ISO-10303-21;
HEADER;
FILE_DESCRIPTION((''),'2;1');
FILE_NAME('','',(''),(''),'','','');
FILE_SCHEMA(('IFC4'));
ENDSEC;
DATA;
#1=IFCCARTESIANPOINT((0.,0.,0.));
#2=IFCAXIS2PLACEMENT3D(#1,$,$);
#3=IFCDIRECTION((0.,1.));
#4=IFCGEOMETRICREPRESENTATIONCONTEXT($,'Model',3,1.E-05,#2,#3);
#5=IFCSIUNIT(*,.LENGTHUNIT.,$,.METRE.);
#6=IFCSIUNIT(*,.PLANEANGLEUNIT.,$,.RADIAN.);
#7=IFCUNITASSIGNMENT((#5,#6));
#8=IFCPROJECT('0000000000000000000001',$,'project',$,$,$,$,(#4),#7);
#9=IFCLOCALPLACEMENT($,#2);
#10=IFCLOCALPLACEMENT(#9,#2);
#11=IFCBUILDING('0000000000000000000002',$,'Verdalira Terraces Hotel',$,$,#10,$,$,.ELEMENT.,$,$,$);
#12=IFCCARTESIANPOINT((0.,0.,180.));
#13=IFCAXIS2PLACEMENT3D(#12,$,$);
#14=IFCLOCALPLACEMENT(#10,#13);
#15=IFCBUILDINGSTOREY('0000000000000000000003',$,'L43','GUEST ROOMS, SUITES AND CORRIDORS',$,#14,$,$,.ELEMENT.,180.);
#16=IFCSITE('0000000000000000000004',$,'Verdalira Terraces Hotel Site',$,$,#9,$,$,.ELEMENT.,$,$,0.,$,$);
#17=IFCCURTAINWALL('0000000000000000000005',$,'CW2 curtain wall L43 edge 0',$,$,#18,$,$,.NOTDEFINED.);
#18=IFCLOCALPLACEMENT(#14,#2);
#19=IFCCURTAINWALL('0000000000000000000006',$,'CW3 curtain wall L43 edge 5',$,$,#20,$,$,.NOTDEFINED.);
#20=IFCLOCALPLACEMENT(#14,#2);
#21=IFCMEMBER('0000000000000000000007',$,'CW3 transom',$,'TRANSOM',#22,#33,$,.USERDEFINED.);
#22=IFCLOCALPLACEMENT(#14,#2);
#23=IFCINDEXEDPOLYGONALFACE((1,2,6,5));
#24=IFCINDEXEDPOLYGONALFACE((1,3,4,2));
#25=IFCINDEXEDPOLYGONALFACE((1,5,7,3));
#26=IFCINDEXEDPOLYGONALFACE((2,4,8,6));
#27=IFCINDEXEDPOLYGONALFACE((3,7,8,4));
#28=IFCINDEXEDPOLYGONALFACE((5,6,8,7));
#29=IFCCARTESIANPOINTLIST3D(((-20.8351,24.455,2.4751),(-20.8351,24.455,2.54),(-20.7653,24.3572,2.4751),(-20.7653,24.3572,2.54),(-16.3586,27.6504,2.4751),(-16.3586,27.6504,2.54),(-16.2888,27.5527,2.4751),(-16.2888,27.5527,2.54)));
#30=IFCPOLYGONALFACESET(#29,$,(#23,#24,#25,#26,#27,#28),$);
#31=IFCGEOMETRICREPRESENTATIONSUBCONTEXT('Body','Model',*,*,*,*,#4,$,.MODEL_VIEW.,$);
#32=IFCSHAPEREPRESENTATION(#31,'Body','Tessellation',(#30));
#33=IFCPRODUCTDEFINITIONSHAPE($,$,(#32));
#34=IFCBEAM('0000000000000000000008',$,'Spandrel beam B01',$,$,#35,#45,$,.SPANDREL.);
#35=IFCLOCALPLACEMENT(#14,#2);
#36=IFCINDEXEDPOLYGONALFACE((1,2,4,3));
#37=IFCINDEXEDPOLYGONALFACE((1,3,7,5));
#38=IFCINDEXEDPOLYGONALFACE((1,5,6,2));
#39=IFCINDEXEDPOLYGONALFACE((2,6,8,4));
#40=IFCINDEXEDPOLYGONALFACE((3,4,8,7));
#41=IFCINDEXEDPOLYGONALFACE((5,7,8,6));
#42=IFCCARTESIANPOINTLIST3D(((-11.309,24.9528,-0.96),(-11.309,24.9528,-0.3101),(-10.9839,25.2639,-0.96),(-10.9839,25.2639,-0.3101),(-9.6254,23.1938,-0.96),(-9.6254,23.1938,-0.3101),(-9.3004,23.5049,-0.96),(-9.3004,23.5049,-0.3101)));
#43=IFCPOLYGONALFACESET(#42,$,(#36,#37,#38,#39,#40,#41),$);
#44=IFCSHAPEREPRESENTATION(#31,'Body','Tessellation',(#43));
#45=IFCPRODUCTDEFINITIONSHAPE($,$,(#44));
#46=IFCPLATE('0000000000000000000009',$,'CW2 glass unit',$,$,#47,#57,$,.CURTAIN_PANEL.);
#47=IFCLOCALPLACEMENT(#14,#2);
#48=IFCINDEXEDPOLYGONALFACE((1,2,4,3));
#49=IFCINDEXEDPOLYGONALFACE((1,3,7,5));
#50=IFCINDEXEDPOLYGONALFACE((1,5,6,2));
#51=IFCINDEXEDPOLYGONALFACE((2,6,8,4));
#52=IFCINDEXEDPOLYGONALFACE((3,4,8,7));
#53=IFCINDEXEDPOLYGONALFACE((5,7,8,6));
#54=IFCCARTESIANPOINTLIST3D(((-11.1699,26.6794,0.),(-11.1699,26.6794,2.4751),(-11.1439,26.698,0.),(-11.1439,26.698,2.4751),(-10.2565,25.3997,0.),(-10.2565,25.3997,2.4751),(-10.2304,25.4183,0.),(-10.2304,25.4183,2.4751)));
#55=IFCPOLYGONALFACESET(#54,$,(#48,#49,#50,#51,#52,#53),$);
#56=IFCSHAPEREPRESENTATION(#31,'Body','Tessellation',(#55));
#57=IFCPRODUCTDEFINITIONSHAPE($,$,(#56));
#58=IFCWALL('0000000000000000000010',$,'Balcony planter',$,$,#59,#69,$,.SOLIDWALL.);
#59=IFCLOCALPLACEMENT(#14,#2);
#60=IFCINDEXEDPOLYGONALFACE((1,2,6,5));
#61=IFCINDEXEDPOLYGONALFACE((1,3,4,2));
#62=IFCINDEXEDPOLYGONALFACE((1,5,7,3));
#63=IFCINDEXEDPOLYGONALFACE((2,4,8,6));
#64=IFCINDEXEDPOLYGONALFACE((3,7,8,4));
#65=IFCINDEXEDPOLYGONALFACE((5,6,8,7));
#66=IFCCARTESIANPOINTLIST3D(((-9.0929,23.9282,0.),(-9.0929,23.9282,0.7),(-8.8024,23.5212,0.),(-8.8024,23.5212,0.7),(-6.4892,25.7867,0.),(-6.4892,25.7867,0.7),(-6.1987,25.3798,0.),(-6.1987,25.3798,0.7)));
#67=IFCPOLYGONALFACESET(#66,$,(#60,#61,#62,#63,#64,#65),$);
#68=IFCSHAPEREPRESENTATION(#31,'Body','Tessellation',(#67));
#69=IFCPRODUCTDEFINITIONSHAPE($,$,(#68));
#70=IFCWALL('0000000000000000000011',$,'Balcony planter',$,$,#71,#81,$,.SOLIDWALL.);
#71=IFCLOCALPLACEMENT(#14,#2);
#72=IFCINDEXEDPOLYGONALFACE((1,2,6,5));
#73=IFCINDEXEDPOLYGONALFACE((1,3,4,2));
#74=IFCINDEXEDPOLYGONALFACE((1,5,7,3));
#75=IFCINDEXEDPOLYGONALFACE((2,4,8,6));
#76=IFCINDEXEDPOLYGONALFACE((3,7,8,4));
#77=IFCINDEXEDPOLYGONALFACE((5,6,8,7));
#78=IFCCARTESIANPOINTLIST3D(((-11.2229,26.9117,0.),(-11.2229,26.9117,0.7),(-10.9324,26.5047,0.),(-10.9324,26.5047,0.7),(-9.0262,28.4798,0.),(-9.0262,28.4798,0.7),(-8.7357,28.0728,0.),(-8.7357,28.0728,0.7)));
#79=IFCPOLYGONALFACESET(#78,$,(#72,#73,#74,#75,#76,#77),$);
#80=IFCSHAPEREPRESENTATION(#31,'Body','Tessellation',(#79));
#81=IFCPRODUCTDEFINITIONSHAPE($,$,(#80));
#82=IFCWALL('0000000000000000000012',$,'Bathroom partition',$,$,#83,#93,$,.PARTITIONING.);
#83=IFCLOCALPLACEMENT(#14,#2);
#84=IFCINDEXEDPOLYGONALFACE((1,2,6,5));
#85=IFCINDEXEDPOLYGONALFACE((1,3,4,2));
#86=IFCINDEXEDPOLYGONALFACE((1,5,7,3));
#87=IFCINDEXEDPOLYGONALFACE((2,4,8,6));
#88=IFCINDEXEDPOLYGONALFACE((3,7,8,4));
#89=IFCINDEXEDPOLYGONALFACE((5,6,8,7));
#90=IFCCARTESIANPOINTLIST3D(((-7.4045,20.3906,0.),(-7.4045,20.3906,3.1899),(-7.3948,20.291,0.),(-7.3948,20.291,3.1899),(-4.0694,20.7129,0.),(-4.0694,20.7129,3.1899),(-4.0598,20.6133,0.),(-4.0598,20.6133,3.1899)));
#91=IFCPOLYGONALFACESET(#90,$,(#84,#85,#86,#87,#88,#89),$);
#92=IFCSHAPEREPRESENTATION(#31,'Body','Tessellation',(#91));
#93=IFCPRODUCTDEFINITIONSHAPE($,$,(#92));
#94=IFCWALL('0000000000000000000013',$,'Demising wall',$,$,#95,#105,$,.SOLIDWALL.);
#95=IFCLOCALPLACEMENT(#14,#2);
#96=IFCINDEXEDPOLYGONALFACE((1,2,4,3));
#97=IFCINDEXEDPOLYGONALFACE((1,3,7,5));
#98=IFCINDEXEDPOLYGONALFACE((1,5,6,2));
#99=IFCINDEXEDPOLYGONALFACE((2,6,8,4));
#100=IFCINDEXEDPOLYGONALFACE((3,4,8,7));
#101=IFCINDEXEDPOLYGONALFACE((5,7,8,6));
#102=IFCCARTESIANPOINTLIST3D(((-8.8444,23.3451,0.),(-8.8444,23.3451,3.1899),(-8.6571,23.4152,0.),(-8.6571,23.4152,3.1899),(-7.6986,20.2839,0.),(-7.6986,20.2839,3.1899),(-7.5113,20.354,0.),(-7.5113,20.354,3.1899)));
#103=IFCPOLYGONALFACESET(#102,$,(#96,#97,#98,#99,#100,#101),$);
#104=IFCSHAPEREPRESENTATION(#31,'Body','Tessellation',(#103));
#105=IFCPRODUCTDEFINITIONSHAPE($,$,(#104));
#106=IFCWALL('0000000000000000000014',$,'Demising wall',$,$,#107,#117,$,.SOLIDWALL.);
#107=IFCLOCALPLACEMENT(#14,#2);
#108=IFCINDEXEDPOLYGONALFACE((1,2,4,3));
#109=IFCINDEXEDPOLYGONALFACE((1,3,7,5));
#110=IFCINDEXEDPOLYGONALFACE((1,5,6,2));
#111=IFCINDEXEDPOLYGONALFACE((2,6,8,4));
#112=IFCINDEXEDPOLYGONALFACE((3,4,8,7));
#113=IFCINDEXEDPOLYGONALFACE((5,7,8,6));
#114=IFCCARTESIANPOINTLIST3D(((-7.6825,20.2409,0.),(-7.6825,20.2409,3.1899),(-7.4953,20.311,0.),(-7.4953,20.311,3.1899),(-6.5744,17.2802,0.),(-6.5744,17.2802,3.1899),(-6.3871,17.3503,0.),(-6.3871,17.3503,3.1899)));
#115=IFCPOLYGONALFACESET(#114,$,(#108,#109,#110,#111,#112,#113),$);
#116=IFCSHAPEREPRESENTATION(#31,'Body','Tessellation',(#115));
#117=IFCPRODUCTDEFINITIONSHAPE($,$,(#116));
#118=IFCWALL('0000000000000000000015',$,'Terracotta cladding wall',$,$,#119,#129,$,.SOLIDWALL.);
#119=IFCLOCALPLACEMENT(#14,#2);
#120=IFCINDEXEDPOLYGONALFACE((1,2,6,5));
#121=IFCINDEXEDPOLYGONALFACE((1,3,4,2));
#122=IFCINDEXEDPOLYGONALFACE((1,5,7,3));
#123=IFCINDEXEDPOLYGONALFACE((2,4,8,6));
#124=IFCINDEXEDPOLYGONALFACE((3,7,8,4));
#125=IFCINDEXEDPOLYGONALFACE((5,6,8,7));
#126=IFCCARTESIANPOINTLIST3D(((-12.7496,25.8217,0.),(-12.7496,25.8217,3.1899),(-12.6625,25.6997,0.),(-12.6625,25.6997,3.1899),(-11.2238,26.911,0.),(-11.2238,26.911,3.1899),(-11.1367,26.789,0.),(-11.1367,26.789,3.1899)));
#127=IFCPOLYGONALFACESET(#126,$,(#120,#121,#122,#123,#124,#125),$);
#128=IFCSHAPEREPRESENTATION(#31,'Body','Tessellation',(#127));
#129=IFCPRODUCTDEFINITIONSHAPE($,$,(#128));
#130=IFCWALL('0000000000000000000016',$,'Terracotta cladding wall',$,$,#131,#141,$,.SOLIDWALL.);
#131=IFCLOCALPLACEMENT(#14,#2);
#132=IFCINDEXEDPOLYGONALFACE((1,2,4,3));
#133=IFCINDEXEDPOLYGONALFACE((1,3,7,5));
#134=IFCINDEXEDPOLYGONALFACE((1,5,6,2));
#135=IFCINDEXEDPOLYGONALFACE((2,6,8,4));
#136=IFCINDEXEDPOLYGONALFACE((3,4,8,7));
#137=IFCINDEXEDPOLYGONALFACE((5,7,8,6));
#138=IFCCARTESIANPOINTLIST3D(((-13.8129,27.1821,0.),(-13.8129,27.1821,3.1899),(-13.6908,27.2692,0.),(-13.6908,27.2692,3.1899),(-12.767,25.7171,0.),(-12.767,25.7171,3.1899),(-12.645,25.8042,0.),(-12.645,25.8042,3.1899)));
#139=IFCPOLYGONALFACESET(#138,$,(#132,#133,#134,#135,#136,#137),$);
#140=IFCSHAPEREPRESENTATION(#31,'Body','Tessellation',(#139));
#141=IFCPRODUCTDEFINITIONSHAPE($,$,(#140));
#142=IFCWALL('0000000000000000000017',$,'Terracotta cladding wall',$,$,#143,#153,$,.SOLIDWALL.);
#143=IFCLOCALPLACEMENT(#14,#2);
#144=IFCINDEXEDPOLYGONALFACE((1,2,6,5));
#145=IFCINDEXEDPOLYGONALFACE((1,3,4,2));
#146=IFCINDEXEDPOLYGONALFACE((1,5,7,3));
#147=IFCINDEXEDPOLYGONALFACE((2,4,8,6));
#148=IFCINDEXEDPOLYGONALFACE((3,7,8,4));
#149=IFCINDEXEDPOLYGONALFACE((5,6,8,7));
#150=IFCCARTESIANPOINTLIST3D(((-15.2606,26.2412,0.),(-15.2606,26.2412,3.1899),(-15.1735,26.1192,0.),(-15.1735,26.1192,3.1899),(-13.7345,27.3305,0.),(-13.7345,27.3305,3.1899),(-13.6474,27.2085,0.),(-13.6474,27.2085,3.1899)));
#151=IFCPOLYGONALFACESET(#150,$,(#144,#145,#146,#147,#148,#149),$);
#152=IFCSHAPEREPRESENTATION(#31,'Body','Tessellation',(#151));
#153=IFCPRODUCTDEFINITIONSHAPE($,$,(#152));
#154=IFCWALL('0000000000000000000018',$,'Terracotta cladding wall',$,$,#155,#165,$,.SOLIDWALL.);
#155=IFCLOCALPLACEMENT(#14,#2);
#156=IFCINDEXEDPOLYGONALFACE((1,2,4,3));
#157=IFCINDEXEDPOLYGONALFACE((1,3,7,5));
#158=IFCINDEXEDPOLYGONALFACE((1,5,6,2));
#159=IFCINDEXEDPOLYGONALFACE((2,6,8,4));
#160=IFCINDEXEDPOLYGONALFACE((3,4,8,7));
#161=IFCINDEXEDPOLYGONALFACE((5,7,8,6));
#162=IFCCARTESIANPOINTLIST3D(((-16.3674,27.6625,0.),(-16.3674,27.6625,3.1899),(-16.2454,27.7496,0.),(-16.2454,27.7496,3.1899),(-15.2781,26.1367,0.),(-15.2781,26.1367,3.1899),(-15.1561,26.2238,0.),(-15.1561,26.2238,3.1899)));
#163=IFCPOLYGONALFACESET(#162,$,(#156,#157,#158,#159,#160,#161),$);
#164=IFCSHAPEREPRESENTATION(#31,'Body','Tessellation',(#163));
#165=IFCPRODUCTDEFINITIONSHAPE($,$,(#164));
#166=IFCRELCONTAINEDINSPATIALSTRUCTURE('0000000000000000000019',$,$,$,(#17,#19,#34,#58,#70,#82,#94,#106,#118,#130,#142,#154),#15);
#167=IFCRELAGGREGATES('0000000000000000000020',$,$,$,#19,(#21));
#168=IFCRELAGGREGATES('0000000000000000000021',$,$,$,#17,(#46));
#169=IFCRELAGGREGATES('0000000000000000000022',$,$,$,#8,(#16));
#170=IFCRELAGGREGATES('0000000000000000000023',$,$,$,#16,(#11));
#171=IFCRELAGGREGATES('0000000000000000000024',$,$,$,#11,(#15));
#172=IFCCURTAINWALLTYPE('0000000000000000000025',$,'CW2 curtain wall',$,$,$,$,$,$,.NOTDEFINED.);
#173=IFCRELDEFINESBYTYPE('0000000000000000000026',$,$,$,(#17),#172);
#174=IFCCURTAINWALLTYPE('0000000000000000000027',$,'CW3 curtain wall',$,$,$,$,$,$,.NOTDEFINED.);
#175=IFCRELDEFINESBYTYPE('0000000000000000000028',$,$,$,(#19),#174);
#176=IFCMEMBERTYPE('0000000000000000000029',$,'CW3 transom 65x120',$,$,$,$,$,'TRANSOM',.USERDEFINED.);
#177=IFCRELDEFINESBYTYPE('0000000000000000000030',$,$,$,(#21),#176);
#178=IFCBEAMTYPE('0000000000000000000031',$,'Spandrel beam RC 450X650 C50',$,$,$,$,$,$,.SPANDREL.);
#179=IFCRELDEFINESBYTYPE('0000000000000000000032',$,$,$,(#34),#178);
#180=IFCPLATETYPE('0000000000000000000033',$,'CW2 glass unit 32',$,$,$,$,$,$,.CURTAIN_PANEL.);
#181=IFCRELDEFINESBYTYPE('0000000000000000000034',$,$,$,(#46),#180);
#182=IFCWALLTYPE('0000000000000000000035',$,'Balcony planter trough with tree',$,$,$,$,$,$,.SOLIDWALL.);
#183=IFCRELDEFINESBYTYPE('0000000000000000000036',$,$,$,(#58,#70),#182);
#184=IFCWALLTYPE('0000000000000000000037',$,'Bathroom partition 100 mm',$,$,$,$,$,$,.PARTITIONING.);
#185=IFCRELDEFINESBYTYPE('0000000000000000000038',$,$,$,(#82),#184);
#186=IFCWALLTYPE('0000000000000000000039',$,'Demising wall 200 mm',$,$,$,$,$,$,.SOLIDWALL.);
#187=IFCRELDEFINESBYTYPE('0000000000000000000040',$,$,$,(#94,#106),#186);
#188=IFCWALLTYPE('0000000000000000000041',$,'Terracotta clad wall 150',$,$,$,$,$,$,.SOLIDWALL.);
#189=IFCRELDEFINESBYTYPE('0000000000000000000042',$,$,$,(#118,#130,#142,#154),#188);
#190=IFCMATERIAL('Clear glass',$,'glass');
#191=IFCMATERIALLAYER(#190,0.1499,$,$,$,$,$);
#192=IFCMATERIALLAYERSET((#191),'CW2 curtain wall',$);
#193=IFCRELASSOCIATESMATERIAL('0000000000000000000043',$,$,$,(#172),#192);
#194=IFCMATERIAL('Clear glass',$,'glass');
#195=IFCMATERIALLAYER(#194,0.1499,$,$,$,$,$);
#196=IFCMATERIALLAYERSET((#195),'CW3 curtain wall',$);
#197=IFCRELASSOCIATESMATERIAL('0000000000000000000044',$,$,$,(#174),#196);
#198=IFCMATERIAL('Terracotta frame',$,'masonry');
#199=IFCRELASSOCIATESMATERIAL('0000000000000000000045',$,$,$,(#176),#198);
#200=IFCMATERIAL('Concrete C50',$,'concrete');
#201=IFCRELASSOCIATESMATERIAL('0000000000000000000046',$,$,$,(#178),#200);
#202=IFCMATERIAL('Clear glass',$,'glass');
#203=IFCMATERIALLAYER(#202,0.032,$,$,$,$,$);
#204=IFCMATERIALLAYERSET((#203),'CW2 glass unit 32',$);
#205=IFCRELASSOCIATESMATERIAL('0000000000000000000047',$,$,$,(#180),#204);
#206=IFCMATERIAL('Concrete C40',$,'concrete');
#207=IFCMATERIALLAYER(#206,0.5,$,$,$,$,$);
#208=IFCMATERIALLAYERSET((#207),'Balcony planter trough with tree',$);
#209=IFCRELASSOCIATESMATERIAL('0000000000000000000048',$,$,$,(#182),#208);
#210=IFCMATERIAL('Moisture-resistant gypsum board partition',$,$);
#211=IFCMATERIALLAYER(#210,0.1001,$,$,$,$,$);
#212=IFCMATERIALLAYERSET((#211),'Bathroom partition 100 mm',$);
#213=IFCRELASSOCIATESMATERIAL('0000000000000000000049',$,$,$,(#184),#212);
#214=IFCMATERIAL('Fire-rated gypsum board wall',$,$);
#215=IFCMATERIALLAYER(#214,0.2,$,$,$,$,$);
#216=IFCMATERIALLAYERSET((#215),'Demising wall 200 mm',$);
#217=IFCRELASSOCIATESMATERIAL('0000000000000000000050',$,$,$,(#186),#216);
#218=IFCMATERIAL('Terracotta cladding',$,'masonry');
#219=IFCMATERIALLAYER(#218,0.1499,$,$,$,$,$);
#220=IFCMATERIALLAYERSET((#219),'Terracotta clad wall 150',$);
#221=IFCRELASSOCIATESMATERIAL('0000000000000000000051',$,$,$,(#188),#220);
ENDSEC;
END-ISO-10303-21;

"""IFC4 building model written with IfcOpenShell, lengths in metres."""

from ifc_helpers import new_model, si_unit, direction, frame, frame_2d, origin, origin_2d, place, context, subcontext, project, spatial, rectangle, extrude, material, layer, layer_set, material_profile, profile_set, type_object, element, aggregate, save


model = new_model("IFC4")

# Units and contexts
model_context = context("Model", 3, precision=1e-05, world=origin(), true_north=direction((0.0, 1.0)))
body_context = subcontext(model_context, "Body", "Model", "MODEL_VIEW")
ifc_project = project(units=[si_unit("LENGTHUNIT", "METRE"), si_unit("PLANEANGLEUNIT", "RADIAN")], contexts=[model_context])

# Site, building, storey
site_placement = place(None, origin())
site = spatial("IfcSite", under=ifc_project, at=site_placement, Name="Verdalira Terraces Hotel Site", CompositionType="ELEMENT", RefElevation=0.0)
building_placement = place(site_placement, origin())
building = spatial("IfcBuilding", under=site, at=building_placement, Name="Verdalira Terraces Hotel", CompositionType="ELEMENT")
storey_placement = place(building_placement, frame((0.0, 0.0, 180.0)))
storey = spatial("IfcBuildingStorey", under=building, at=storey_placement, Name="L43", Description="GUEST ROOMS, SUITES AND CORRIDORS", CompositionType="ELEMENT", Elevation=180.0)

# Curtain walls, member
ifc_material_1 = material(Name="Clear glass", Category="glass")
ifc_layer_1 = layer(ifc_material_1, 0.1499)
ifc_layer_set_1 = layer_set([ifc_layer_1], Name="CW2 curtain wall")
curtain_wall_type_1 = type_object("IfcCurtainWallType", Name="CW2 curtain wall", PredefinedType="NOTDEFINED", material=ifc_layer_set_1)
curtain_wall_1_placement = place(storey_placement, origin())
curtain_wall_1 = element("IfcCurtainWall", 1, at=curtain_wall_1_placement, inside=storey, type_object=curtain_wall_type_1, Name="CW2 curtain wall L43 edge 0", PredefinedType="NOTDEFINED")
ifc_material_2 = material(Name="Clear glass", Category="glass")
ifc_layer_2 = layer(ifc_material_2, 0.1499)
ifc_layer_set_2 = layer_set([ifc_layer_2], Name="CW3 curtain wall")
curtain_wall_type_2 = type_object("IfcCurtainWallType", Name="CW3 curtain wall", PredefinedType="NOTDEFINED", material=ifc_layer_set_2)
curtain_wall_2_placement = place(storey_placement, origin())
curtain_wall_2 = element("IfcCurtainWall", 2, at=curtain_wall_2_placement, inside=storey, type_object=curtain_wall_type_2, Name="CW3 curtain wall L43 edge 5", PredefinedType="NOTDEFINED")
ifc_material_3 = material(Name="Terracotta frame", Category="masonry")
ifc_material_profile_1 = material_profile(ifc_material_3, rectangle(XDim=0.1201, YDim=0.0649, at=origin_2d()), Name="TR 65x120")
ifc_profile_set_1 = profile_set([ifc_material_profile_1], Name="Terracotta frame")
member_type_1 = type_object("IfcMemberType", Name="CW3 transom 65x120", ElementType="TRANSOM", PredefinedType="USERDEFINED", material=ifc_profile_set_1)
member_1_placement = place(storey_placement, frame((-16.3237, 27.6016, 2.5076), z_axis=(-0.813904, -0.580999, 0.0), x_axis=(0.580999, -0.813904, 0.0)))
member_1 = element("IfcMember", 3, at=member_1_placement, type_object=member_type_1, Name="CW3 transom", ObjectType="TRANSOM", PredefinedType="USERDEFINED", context=body_context, shape_type="SweptSolid", body=[
    extrude(rectangle(XDim=0.1201, YDim=0.0649, at=origin_2d()), origin(), (0.0, 0.0, 1.0), 5.5),
])
aggregate(curtain_wall_2, [member_1])

# Beam
ifc_material_4 = material(Name="Concrete C50", Category="concrete")
ifc_material_profile_2 = material_profile(ifc_material_4, rectangle(XDim=0.45, YDim=0.6499, at=origin_2d()), Name="RC 450X650")
ifc_profile_set_2 = profile_set([ifc_material_profile_2], Name="Concrete C50")
beam_type_1 = type_object("IfcBeamType", Name="Spandrel beam RC 450X650 C50", PredefinedType="SPANDREL", material=ifc_profile_set_2)
beam_1_placement = place(storey_placement, frame((-9.4629, 23.3494, -0.635), z_axis=(-0.691446, 0.722428, 0.0), x_axis=(-0.722428, -0.691446, 0.0)))
element("IfcBeam", 4, at=beam_1_placement, inside=storey, type_object=beam_type_1, Name="Spandrel beam B01", PredefinedType="SPANDREL", context=body_context, shape_type="SweptSolid", body=[
    extrude(rectangle(XDim=0.45, YDim=0.6499, at=origin_2d()), origin(), (0.0, 0.0, 1.0), 2.4348),
])

# Plate
ifc_material_5 = material(Name="Clear glass", Category="glass")
ifc_layer_3 = layer(ifc_material_5, 0.032)
ifc_layer_set_3 = layer_set([ifc_layer_3], Name="CW2 glass unit 32")
plate_type = type_object("IfcPlateType", Name="CW2 glass unit 32", PredefinedType="CURTAIN_PANEL", material=ifc_layer_set_3)
plate_placement = place(storey_placement, frame((-10.7002, 26.0488, 0.0), z_axis=(0.0, 0.0, 1.0), x_axis=(-0.580987, 0.813913, 0.0)))
plate = element("IfcPlate", 5, at=plate_placement, type_object=plate_type, Name="CW2 glass unit", PredefinedType="CURTAIN_PANEL", context=body_context, shape_type="SweptSolid", body=[
    extrude(rectangle(XDim=1.5723, YDim=0.032, at=origin_2d()), origin(), (0.0, 0.0, 1.0), 2.4751),
])
aggregate(curtain_wall_1, [plate])

# Walls
ifc_material_6 = material(Name="Concrete C40", Category="concrete")
ifc_layer_4 = layer(ifc_material_6, 0.5)
ifc_layer_set_4 = layer_set([ifc_layer_4], Name="Balcony planter trough with tree")
wall_type_1 = type_object("IfcWallType", Name="Balcony planter trough with tree", PredefinedType="SOLIDWALL", material=ifc_layer_set_4)
wall_1_placement = place(storey_placement, frame((-8.9478, 23.7246, 0.0), z_axis=(0.0, 0.0, 1.0), x_axis=(0.813909, 0.580993, 0.0)))
element("IfcWall", 6, at=wall_1_placement, inside=storey, type_object=wall_type_1, Name="Balcony planter", PredefinedType="SOLIDWALL", context=body_context, shape_type="SweptSolid", body=[
    extrude(rectangle(XDim=3.199, YDim=0.5, at=frame_2d((1.5996, 0.0))), origin(), (0.0, 0.0, 1.0), 0.7),
])
wall_2_placement = place(storey_placement, frame((-8.8809, 28.2764, 0.0), z_axis=(0.0, 0.0, 1.0), x_axis=(-0.813911, -0.58099, 0.0)))
element("IfcWall", 7, at=wall_2_placement, inside=storey, type_object=wall_type_1, Name="Balcony planter", PredefinedType="SOLIDWALL", context=body_context, shape_type="SweptSolid", body=[
    extrude(rectangle(XDim=2.699, YDim=0.5, at=frame_2d((1.3496, 0.0))), origin(), (0.0, 0.0, 1.0), 0.7),
])
ifc_material_7 = material(Name="Moisture-resistant gypsum board partition")
ifc_layer_5 = layer(ifc_material_7, 0.1001)
ifc_layer_set_5 = layer_set([ifc_layer_5], Name="Bathroom partition 100 mm")
wall_type_2 = type_object("IfcWallType", Name="Bathroom partition 100 mm", PredefinedType="PARTITIONING", material=ifc_layer_set_5)
wall_3_placement = place(storey_placement, frame((-7.3997, 20.3408, 0.0), z_axis=(0.0, 0.0, 1.0), x_axis=(0.995364, 0.096184, 0.0)))
element("IfcWall", 8, at=wall_3_placement, inside=storey, type_object=wall_type_2, Name="Bathroom partition", PredefinedType="PARTITIONING", context=body_context, shape_type="SweptSolid", body=[
    extrude(rectangle(XDim=3.3506, YDim=0.1001, at=frame_2d((1.6753, 0.0))), origin(), (0.0, 0.0, 1.0), 3.1899),
])
ifc_material_8 = material(Name="Fire-rated gypsum board wall")
ifc_layer_6 = layer(ifc_material_8, 0.2)
ifc_layer_set_6 = layer_set([ifc_layer_6], Name="Demising wall 200 mm")
wall_type_3 = type_object("IfcWallType", Name="Demising wall 200 mm", PredefinedType="SOLIDWALL", material=ifc_layer_set_6)
wall_4_placement = place(storey_placement, frame((-8.7507, 23.3801, 0.0), z_axis=(0.0, 0.0, 1.0), x_axis=(0.35055, -0.936544, 0.0)))
element("IfcWall", 9, at=wall_4_placement, inside=storey, type_object=wall_type_3, Name="Demising wall", PredefinedType="SOLIDWALL", context=body_context, shape_type="SweptSolid", body=[
    extrude(rectangle(XDim=3.2686, YDim=0.2, at=frame_2d((1.6343, 0.0))), origin(), (0.0, 0.0, 1.0), 3.1899),
])
wall_5_placement = place(storey_placement, frame((-7.5889, 20.2759, 0.0), z_axis=(0.0, 0.0, 1.0), x_axis=(0.350539, -0.936548, 0.0)))
element("IfcWall", 10, at=wall_5_placement, inside=storey, type_object=wall_type_3, Name="Demising wall", PredefinedType="SOLIDWALL", context=body_context, shape_type="SweptSolid", body=[
    extrude(rectangle(XDim=3.1614, YDim=0.2, at=frame_2d((1.5806, 0.0))), origin(), (0.0, 0.0, 1.0), 3.1899),
])
ifc_material_9 = material(Name="Terracotta cladding", Category="masonry")
ifc_layer_7 = layer(ifc_material_9, 0.1499)
ifc_layer_set_7 = layer_set([ifc_layer_7], Name="Terracotta clad wall 150")
wall_type_4 = type_object("IfcWallType", Name="Terracotta clad wall 150", PredefinedType="SOLIDWALL", material=ifc_layer_set_7)
wall_6_placement = place(storey_placement, frame((-11.1802, 26.8501, 0.0), z_axis=(0.0, 0.0, 1.0), x_axis=(-0.813874, -0.581041, 0.0)))
element("IfcWall", 11, at=wall_6_placement, inside=storey, type_object=wall_type_4, Name="Terracotta cladding wall", PredefinedType="SOLIDWALL", context=body_context, shape_type="SweptSolid", body=[
    extrude(rectangle(XDim=1.8748, YDim=0.1499, at=frame_2d((0.9375, 0.0))), origin(), (0.0, 0.0, 1.0), 3.1899),
])
wall_7_placement = place(storey_placement, frame((-12.7061, 25.7607, 0.0), z_axis=(0.0, 0.0, 1.0), x_axis=(-0.58102, 0.813889, 0.0)))
element("IfcWall", 12, at=wall_7_placement, inside=storey, type_object=wall_type_4, Name="Terracotta cladding wall", PredefinedType="SOLIDWALL", context=body_context, shape_type="SweptSolid", body=[
    extrude(rectangle(XDim=1.8, YDim=0.1499, at=frame_2d((0.8999, 0.0))), origin(), (0.0, 0.0, 1.0), 3.1899),
])
wall_8_placement = place(storey_placement, frame((-13.6909, 27.2695, 0.0), z_axis=(0.0, 0.0, 1.0), x_axis=(-0.813918, -0.58098, 0.0)))
element("IfcWall", 13, at=wall_8_placement, inside=storey, type_object=wall_type_4, Name="Terracotta cladding wall", PredefinedType="SOLIDWALL", context=body_context, shape_type="SweptSolid", body=[
    extrude(rectangle(XDim=1.875, YDim=0.1499, at=frame_2d((0.9375, 0.0))), origin(), (0.0, 0.0, 1.0), 3.1899),
])
wall_9_placement = place(storey_placement, frame((-15.217, 26.1802, 0.0), z_axis=(0.0, 0.0, 1.0), x_axis=(-0.581041, 0.813874, 0.0)))
element("IfcWall", 14, at=wall_9_placement, inside=storey, type_object=wall_type_4, Name="Terracotta cladding wall", PredefinedType="SOLIDWALL", context=body_context, shape_type="SweptSolid", body=[
    extrude(rectangle(XDim=1.8748, YDim=0.1499, at=frame_2d((0.9375, 0.0))), origin(), (0.0, 0.0, 1.0), 3.1899),
])

save(model, "model.ifc")
